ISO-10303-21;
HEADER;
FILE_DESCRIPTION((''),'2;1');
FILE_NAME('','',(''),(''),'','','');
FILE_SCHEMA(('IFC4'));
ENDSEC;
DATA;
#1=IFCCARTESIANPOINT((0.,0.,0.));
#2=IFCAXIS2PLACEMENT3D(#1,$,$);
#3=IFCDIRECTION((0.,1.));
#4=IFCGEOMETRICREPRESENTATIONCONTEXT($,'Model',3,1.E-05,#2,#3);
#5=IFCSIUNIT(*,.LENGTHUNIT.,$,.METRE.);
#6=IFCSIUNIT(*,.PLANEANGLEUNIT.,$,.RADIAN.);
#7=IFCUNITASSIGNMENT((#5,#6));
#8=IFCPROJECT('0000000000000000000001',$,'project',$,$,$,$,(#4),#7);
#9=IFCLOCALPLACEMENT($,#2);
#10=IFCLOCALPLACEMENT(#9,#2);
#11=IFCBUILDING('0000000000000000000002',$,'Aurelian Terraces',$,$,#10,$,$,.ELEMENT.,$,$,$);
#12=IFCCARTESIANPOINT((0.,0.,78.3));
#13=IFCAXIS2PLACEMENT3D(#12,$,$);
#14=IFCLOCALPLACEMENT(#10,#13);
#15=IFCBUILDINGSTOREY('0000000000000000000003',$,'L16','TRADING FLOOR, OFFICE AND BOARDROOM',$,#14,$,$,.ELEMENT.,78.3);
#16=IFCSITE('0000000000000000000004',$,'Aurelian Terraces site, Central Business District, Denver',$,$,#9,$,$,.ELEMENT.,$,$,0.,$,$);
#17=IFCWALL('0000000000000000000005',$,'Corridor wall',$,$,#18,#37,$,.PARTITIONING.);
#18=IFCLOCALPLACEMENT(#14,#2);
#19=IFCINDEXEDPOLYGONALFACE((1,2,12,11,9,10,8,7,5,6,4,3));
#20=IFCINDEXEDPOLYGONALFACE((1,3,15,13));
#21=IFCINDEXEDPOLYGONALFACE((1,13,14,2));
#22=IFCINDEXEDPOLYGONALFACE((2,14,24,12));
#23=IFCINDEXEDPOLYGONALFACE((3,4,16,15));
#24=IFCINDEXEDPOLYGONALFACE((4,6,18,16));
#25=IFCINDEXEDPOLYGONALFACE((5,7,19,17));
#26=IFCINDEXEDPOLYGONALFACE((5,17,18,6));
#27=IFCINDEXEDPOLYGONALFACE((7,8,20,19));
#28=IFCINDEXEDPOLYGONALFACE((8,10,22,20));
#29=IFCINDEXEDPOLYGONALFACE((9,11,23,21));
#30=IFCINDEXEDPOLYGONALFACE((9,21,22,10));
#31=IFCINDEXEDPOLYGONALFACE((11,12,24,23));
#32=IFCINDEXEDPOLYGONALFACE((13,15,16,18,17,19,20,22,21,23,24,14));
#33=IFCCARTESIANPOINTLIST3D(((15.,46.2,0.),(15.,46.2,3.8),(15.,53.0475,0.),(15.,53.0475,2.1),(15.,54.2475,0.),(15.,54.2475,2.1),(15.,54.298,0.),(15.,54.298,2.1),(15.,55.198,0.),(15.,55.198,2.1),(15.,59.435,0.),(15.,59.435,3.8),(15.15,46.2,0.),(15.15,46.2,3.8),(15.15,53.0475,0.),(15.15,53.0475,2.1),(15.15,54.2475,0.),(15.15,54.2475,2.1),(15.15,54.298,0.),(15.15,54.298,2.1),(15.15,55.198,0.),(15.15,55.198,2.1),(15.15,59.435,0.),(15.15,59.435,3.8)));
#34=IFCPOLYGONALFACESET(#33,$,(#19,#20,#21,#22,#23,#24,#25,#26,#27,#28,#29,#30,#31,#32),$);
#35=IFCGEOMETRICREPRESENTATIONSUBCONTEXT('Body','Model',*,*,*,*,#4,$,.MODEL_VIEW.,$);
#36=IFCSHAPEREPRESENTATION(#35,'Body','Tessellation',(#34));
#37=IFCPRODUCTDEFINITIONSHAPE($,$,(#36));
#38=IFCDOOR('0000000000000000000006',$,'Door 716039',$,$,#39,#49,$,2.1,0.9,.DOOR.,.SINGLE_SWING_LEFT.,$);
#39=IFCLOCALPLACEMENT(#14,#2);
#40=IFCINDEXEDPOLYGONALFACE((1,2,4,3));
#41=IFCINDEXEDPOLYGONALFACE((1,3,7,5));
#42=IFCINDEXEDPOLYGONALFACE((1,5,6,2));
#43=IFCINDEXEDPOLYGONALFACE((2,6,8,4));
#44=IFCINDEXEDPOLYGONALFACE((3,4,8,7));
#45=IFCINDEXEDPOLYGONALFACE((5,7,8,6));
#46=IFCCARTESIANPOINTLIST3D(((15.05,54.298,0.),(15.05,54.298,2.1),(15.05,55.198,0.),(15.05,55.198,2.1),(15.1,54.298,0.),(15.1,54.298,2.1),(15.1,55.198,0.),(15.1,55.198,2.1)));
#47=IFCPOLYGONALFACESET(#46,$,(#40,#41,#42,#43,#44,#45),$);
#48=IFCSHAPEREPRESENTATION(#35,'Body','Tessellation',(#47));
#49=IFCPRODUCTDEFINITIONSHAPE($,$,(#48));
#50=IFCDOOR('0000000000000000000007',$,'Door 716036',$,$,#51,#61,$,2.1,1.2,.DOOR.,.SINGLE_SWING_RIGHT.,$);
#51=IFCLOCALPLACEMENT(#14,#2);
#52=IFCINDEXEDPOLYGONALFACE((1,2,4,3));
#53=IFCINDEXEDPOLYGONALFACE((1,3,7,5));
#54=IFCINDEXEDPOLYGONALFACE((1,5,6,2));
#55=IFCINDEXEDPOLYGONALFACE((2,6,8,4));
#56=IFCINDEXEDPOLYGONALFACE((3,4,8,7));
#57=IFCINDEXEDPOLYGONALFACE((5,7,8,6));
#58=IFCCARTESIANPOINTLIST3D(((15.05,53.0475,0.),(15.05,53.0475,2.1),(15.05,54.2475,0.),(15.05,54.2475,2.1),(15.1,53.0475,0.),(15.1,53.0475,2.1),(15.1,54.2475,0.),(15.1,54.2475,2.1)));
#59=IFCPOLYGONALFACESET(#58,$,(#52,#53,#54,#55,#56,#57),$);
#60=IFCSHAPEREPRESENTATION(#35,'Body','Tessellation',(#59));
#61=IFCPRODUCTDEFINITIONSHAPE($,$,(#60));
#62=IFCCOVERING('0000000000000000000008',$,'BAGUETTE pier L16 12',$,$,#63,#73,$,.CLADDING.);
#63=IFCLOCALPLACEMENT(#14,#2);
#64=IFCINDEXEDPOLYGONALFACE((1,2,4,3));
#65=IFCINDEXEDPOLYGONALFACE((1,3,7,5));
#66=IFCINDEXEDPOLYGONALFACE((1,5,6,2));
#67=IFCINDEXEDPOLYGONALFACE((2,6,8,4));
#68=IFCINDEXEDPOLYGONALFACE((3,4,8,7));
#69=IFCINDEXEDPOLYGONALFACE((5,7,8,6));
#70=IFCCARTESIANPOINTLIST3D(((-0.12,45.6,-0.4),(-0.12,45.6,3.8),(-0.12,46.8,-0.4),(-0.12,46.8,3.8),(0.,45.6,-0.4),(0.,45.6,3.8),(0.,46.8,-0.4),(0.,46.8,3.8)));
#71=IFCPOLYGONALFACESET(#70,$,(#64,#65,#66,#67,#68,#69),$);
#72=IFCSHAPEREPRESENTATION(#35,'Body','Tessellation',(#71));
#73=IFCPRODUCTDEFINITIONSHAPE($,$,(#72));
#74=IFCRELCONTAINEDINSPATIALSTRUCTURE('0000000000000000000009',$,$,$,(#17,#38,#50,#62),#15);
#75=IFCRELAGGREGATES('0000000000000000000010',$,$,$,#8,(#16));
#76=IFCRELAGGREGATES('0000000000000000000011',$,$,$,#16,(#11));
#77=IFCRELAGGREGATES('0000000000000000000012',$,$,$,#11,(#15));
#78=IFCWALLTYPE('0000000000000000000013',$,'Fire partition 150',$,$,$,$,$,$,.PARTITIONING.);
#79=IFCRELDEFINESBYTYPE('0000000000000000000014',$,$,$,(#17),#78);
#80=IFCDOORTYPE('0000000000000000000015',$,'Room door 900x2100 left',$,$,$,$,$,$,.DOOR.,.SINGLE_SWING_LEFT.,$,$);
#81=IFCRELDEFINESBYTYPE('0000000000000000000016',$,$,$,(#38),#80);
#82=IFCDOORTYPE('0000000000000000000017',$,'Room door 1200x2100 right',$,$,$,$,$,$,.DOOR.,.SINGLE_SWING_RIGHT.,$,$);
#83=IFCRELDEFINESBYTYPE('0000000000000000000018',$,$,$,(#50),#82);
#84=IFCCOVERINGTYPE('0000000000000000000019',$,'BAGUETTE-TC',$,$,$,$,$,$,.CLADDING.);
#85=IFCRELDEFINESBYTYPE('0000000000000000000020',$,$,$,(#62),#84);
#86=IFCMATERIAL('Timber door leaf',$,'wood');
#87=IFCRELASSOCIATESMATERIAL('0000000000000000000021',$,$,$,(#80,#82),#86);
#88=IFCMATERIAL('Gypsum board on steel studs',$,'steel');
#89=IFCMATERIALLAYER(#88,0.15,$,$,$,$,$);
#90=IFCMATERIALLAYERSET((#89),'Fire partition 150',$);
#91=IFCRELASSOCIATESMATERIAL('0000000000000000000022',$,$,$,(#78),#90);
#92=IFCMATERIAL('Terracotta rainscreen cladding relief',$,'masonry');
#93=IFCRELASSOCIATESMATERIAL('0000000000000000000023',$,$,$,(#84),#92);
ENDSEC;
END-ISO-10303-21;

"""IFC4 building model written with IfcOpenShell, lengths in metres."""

from ifc_helpers import new_model, si_unit, direction, frame, frame_2d, origin, origin_2d, place, context, subcontext, project, spatial, rectangle, extrude, source, transform, mapped, material, layer, layer_set, type_object, element, fill, save


model = new_model("IFC4")

# Units and contexts
model_context = context("Model", 3, precision=1e-05, world=origin(), true_north=direction((0.0, 1.0)))
body_context = subcontext(model_context, "Body", "Model", "MODEL_VIEW")
ifc_project = project(units=[si_unit("LENGTHUNIT", "METRE"), si_unit("PLANEANGLEUNIT", "RADIAN")], contexts=[model_context])

# Site, building, storey
site_placement = place(None, origin())
site = spatial("IfcSite", under=ifc_project, at=site_placement, Name="Aurelian Terraces site, Central Business District, Denver", CompositionType="ELEMENT", RefElevation=0.0)
building_placement = place(site_placement, origin())
building = spatial("IfcBuilding", under=site, at=building_placement, Name="Aurelian Terraces", CompositionType="ELEMENT")
storey_placement = place(building_placement, frame((0.0, 0.0, 78.3)))
storey = spatial("IfcBuildingStorey", under=building, at=storey_placement, Name="L16", Description="TRADING FLOOR, OFFICE AND BOARDROOM", CompositionType="ELEMENT", Elevation=78.3)

# Shared definitions
ifc_material_1 = material(Name="Gypsum board on steel studs", Category="steel")
shared_shape_1 = source(origin(), body_context, "Body", "SweptSolid", [
    extrude(rectangle(XDim=0.9, YDim=2.1, at=frame_2d((0.45, 1.05))), frame((0.0, 0.085, 0.0), z_axis=(0.0, -1.0, 0.0), x_axis=(1.0, 0.0, 0.0)), (0.0, 0.0, 1.0), 0.17),
])
ifc_material_2 = material(Name="Timber door leaf", Category="wood")
door_type_1 = type_object("IfcDoorType", Name="Room door 900x2100 left", OperationType="SINGLE_SWING_LEFT", PredefinedType="DOOR", material=ifc_material_2)
shared_shape_2 = source(origin(), body_context, "Body", "SweptSolid", [
    extrude(rectangle(XDim=0.9, YDim=2.1, at=frame_2d((0.45, 1.05))), frame((0.0, 0.025, 0.0), z_axis=(0.0, -1.0, 0.0), x_axis=(1.0, 0.0, 0.0)), (0.0, 0.0, 1.0), 0.05),
])

# Wall, openings, doors
ifc_layer_1 = layer(ifc_material_1, 0.15)
ifc_layer_set_1 = layer_set([ifc_layer_1], Name="Fire partition 150")
wall_type_1 = type_object("IfcWallType", Name="Fire partition 150", PredefinedType="PARTITIONING", material=ifc_layer_set_1)
shared_shape_3 = source(origin(), body_context, "Body", "SweptSolid", [
    extrude(rectangle(XDim=13.235, YDim=0.15, at=frame_2d((6.6175, 0.0))), origin(), (0.0, 0.0, 1.0), 3.8),
])
wall_1_placement = place(storey_placement, frame((15.075, 46.2, 0.0), z_axis=(0.0, 0.0, 1.0), x_axis=(0.0, 1.0, 0.0)))
wall_1 = element("IfcWall", 1, at=wall_1_placement, inside=storey, type_object=wall_type_1, Name="Corridor wall", PredefinedType="PARTITIONING", context=body_context, shape_type="MappedRepresentation", body=[
    mapped(shared_shape_3, transform((0.0, 0.0, 0.0), scale=1.0)),
])
shared_shape_4 = source(origin(), body_context, "Body", "SweptSolid", [
    extrude(rectangle(XDim=1.2, YDim=2.1, at=frame_2d((0.6, 1.05))), frame((0.0, 0.085, 0.0), z_axis=(0.0, -1.0, 0.0), x_axis=(1.0, 0.0, 0.0)), (0.0, 0.0, 1.0), 0.17),
])
opening_1_placement = place(wall_1_placement, frame((6.8475, 0.0, 0.0)))
opening_1 = element("IfcOpeningElement", 2, at=opening_1_placement, cuts=wall_1, PredefinedType="OPENING", context=body_context, shape_type="MappedRepresentation", body=[
    mapped(shared_shape_4, transform((0.0, 0.0, 0.0), scale=1.0)),
])
opening_2_placement = place(wall_1_placement, frame((8.098, 0.0, 0.0)))
opening_2 = element("IfcOpeningElement", 3, at=opening_2_placement, cuts=wall_1, PredefinedType="OPENING", context=body_context, shape_type="MappedRepresentation", body=[
    mapped(shared_shape_1, transform((0.0, 0.0, 0.0), scale=1.0)),
])
door_1_placement = place(opening_2_placement, origin())
door_1 = element("IfcDoor", 4, at=door_1_placement, inside=storey, type_object=door_type_1, Name="Door 716039", OperationType="SINGLE_SWING_LEFT", OverallHeight=2.1, OverallWidth=0.9, PredefinedType="DOOR", context=body_context, shape_type="MappedRepresentation", body=[
    mapped(shared_shape_2, transform((0.0, 0.0, 0.0), scale=1.0)),
])
fill(opening_2, door_1)
door_type_2 = type_object("IfcDoorType", Name="Room door 1200x2100 right", OperationType="SINGLE_SWING_RIGHT", PredefinedType="DOOR", material=ifc_material_2)
shared_shape_5 = source(origin(), body_context, "Body", "SweptSolid", [
    extrude(rectangle(XDim=1.2, YDim=2.1, at=frame_2d((0.6, 1.05))), frame((0.0, 0.025, 0.0), z_axis=(0.0, -1.0, 0.0), x_axis=(1.0, 0.0, 0.0)), (0.0, 0.0, 1.0), 0.05),
])
door_2_placement = place(opening_1_placement, origin())
door_2 = element("IfcDoor", 5, at=door_2_placement, inside=storey, type_object=door_type_2, Name="Door 716036", OperationType="SINGLE_SWING_RIGHT", OverallHeight=2.1, OverallWidth=1.2, PredefinedType="DOOR", context=body_context, shape_type="MappedRepresentation", body=[
    mapped(shared_shape_5, transform((0.0, 0.0, 0.0), scale=1.0)),
])
fill(opening_1, door_2)

# Covering
ifc_material_3 = material(Name="Terracotta rainscreen cladding relief", Category="masonry")
covering_type = type_object("IfcCoveringType", Name="BAGUETTE-TC", PredefinedType="CLADDING", material=ifc_material_3)
shared_shape_6 = source(origin(), body_context, "Body", "SweptSolid", [
    extrude(rectangle(XDim=0.12, YDim=1.2, at=origin_2d()), origin(), (0.0, 0.0, 1.0), 4.2),
])
covering_placement = place(storey_placement, frame((-0.06, 46.2, -0.4), z_axis=(0.0, 0.0, 1.0), x_axis=(1.0, 0.0, 0.0)))
element("IfcCovering", 6, at=covering_placement, inside=storey, type_object=covering_type, Name="BAGUETTE pier L16 12", PredefinedType="CLADDING", context=body_context, shape_type="MappedRepresentation", body=[
    mapped(shared_shape_6, transform((0.0, 0.0, 0.0), scale=1.0)),
])

save(model, "model.ifc")
